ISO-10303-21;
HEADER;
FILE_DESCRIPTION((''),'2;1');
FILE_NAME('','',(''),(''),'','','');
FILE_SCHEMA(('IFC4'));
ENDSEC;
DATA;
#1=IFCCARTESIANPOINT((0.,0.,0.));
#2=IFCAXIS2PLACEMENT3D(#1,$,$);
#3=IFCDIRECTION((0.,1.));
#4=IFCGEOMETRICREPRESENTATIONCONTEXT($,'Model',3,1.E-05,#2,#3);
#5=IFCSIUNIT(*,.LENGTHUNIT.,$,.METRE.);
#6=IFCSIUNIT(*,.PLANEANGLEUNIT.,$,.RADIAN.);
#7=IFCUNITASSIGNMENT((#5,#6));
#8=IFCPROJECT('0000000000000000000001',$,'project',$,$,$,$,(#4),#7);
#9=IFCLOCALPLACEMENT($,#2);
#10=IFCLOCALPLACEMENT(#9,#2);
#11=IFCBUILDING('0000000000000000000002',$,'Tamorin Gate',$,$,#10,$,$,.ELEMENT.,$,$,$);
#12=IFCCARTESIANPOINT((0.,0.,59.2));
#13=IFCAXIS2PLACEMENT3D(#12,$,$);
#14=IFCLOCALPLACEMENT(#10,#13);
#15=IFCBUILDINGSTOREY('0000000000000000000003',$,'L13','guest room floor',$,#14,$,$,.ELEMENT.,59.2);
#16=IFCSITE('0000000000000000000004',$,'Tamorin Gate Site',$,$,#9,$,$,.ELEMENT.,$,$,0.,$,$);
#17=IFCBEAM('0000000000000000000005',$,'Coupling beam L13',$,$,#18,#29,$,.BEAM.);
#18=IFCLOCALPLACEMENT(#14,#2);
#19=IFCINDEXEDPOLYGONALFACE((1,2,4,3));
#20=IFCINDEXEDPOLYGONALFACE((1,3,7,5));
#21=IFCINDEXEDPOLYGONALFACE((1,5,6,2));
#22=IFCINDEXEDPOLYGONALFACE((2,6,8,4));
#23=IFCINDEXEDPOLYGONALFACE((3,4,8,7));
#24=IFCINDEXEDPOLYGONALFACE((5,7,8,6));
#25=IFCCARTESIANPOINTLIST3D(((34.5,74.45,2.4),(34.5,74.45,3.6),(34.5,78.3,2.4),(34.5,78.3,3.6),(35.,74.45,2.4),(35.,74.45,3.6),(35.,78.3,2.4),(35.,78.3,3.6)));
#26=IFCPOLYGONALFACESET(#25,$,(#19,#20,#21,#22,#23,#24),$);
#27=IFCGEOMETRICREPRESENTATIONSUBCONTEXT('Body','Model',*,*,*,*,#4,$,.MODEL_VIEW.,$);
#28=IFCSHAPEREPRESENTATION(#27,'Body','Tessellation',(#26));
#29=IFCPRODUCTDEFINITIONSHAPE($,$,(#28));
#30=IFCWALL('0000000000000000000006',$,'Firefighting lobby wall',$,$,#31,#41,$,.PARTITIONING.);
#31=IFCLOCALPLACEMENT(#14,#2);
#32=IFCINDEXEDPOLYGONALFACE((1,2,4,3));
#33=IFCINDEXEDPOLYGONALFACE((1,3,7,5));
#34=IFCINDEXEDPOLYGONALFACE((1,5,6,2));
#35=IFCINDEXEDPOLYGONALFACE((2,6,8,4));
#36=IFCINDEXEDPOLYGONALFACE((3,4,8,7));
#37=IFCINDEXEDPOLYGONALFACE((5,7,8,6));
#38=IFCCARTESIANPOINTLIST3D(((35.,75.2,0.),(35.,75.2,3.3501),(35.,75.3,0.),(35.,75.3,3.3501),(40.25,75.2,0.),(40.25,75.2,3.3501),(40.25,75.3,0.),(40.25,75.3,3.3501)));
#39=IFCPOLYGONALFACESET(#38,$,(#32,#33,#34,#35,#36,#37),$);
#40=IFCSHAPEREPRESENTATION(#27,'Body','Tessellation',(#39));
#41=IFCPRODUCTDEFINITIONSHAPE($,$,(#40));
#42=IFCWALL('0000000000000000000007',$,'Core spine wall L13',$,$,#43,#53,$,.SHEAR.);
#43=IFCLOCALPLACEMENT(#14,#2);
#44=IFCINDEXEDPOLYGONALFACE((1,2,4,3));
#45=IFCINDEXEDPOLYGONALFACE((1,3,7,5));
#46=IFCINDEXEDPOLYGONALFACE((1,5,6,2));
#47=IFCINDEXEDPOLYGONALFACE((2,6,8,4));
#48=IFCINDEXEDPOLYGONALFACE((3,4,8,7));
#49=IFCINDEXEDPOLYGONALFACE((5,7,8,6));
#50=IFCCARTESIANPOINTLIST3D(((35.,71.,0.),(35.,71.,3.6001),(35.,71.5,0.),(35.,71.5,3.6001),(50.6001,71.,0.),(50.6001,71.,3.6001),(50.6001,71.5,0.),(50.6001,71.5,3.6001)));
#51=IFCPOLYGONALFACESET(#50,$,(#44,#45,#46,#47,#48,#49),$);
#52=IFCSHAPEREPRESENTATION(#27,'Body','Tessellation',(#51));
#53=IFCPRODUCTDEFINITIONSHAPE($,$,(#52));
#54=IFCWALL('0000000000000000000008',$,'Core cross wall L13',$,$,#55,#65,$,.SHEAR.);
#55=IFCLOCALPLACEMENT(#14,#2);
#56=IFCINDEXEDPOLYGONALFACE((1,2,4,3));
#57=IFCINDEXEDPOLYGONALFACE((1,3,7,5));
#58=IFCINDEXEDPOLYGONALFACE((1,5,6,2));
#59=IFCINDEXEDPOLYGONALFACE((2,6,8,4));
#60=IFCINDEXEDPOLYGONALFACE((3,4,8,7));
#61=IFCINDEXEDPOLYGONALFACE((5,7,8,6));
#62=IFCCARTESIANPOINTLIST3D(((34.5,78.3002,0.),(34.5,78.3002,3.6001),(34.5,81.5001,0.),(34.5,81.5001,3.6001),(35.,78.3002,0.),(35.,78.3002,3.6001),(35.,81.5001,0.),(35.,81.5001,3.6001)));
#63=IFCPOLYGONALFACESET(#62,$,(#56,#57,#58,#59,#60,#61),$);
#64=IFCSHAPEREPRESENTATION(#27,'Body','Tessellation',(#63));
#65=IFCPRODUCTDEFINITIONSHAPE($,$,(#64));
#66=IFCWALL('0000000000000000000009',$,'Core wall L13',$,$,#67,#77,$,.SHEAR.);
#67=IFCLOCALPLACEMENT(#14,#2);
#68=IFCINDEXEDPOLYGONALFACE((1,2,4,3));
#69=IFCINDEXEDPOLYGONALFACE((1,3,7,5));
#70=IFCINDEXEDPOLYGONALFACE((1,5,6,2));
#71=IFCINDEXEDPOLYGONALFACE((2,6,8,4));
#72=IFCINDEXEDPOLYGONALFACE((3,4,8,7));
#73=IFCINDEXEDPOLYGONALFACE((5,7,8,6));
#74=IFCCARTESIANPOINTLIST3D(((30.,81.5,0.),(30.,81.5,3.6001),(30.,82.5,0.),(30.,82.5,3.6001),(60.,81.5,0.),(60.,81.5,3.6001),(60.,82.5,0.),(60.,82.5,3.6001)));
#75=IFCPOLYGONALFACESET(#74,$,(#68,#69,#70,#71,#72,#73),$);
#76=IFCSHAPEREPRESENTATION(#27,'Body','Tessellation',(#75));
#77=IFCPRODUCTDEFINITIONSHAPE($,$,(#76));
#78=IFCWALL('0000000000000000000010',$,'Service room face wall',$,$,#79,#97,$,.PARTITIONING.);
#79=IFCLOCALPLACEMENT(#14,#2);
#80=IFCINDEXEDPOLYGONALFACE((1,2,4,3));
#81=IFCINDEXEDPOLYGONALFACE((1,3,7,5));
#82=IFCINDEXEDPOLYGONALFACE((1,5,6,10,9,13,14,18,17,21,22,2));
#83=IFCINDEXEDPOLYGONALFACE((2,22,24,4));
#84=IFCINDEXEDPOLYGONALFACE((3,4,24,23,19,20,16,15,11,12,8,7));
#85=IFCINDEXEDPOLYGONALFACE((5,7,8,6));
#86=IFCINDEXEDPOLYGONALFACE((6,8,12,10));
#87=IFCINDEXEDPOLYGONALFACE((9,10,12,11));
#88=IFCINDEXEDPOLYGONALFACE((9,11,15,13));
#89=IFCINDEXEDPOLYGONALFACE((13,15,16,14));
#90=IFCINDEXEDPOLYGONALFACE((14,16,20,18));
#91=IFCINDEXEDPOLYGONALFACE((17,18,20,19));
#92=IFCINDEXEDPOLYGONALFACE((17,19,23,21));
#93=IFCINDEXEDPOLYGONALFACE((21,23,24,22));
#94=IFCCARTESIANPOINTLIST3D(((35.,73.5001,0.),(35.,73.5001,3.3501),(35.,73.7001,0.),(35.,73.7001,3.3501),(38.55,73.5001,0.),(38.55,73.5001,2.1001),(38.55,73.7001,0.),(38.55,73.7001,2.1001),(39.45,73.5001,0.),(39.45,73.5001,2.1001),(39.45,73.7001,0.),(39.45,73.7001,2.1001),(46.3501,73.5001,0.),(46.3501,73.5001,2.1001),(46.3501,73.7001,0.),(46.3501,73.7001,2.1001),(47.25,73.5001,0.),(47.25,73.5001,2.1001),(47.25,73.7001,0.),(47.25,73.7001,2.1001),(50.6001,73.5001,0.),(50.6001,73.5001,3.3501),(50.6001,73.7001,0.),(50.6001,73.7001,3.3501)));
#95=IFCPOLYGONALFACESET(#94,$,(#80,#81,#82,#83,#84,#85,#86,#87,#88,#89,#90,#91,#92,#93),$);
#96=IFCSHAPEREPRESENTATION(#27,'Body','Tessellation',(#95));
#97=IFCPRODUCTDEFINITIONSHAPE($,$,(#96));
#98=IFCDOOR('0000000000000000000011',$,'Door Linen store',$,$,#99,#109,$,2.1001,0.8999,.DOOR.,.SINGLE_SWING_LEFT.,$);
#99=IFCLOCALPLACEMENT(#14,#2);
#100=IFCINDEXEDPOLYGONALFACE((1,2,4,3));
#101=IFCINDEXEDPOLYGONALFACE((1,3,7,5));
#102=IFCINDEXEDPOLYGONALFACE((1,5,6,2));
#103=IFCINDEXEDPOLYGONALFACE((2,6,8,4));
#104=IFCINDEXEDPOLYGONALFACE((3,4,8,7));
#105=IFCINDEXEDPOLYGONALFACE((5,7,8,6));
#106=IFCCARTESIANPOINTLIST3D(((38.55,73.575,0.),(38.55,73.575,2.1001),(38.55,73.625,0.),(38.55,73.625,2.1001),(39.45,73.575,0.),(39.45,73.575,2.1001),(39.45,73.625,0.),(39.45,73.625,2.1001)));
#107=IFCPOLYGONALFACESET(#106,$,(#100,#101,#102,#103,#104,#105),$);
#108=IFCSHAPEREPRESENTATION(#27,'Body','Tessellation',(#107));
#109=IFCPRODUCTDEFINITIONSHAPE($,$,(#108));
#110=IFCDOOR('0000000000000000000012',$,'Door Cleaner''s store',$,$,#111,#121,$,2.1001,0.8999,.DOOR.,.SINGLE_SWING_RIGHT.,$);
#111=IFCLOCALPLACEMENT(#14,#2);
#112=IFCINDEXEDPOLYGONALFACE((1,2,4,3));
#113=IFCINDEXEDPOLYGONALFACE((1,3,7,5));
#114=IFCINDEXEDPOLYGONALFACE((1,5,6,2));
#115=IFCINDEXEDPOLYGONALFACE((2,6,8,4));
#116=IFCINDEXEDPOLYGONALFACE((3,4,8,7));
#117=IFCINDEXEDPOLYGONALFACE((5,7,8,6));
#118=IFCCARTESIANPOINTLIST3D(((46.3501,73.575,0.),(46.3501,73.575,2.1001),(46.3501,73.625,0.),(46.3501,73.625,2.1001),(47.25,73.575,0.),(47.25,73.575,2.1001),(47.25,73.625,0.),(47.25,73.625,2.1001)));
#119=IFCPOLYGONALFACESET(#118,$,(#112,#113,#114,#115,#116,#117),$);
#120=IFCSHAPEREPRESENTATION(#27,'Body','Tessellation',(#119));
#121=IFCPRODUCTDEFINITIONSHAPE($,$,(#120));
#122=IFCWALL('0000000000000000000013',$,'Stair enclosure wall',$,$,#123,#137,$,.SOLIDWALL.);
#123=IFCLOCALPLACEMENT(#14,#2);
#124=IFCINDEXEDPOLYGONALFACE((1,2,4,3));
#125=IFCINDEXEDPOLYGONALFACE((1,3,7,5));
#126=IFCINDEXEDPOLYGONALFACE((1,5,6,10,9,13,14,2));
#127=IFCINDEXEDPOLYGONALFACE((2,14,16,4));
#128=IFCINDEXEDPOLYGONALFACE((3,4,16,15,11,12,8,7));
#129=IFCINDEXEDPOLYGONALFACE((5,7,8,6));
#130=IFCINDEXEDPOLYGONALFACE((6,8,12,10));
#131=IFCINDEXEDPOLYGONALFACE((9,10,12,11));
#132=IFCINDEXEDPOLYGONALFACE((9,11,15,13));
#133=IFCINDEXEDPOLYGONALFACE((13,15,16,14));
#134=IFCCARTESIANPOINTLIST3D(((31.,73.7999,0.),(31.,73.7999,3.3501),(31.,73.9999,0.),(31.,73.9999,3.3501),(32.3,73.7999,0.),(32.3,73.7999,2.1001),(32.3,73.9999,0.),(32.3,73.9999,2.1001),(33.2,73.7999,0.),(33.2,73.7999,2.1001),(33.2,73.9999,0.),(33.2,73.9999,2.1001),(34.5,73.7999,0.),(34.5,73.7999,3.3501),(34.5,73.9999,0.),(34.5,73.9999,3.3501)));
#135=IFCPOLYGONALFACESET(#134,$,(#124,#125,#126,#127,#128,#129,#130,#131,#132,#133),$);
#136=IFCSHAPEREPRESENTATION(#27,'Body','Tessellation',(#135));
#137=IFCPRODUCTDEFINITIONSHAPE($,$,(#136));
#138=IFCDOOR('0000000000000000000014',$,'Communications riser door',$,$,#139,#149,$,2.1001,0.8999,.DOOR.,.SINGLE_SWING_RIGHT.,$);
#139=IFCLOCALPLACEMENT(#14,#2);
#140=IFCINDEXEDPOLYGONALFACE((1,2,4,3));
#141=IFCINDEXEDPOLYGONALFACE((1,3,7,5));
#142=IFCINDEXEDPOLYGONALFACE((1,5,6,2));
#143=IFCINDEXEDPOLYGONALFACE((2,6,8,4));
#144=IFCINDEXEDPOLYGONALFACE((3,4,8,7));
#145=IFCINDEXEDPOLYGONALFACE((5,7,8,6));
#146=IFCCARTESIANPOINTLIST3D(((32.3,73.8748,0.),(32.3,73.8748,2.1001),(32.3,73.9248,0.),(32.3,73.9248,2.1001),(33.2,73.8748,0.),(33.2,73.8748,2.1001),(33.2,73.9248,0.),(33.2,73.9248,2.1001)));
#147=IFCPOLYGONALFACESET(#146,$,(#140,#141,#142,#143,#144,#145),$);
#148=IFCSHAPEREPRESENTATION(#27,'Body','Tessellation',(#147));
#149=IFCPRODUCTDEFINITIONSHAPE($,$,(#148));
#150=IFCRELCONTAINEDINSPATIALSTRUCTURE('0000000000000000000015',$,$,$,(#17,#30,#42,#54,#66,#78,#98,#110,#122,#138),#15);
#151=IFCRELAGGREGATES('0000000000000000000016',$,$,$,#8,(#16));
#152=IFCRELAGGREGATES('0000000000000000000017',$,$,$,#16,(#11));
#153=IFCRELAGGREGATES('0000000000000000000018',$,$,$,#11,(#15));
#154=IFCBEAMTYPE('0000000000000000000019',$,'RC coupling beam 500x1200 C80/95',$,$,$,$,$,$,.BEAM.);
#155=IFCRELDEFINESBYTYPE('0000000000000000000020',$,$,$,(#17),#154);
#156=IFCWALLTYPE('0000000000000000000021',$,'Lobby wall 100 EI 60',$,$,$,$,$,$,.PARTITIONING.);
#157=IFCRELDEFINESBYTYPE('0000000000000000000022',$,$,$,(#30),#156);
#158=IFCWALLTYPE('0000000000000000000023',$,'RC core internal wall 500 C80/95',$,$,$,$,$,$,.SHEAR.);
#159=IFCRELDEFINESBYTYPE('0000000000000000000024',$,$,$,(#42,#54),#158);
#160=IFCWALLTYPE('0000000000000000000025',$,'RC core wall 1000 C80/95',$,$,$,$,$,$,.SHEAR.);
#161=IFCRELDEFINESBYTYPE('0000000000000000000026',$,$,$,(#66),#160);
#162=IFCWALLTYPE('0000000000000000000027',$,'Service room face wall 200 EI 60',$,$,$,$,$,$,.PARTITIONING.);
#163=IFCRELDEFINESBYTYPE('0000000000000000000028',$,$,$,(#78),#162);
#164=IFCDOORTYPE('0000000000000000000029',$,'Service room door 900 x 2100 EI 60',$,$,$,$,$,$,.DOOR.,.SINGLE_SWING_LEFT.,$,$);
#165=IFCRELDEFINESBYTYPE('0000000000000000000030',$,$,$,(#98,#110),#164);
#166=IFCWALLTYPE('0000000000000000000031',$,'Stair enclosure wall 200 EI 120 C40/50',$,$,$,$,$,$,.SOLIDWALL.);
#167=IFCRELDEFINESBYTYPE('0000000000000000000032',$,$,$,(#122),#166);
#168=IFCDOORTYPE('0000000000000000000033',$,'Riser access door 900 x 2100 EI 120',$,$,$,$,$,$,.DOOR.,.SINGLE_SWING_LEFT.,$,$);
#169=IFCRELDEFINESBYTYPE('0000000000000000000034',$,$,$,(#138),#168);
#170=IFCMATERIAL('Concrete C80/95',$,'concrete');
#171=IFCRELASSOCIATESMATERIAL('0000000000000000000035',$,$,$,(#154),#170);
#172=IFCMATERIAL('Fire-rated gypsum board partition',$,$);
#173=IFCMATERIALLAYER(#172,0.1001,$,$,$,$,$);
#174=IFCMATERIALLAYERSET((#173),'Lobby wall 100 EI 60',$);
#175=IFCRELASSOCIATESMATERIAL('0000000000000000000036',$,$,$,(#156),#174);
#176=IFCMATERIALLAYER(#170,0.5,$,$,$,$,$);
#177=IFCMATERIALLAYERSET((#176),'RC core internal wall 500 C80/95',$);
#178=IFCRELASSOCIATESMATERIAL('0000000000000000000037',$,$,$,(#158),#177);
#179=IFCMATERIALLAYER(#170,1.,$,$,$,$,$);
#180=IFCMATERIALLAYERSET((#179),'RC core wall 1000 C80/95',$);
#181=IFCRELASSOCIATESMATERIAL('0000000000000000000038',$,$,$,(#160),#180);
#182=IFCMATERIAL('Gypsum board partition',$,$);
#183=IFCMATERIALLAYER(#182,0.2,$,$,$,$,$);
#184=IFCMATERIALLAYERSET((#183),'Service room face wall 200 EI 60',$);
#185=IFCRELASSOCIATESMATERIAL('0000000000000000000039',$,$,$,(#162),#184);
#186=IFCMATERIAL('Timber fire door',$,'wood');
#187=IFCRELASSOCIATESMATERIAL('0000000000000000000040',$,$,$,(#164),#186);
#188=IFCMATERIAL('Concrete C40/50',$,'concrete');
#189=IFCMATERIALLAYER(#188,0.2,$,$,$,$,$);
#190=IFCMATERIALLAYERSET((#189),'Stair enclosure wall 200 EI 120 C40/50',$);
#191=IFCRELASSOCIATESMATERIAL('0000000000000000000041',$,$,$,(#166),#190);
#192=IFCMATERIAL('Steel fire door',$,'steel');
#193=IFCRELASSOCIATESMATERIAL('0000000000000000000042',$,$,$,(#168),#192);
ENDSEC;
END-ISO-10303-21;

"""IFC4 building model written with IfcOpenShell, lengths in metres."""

from ifc_helpers import new_model, si_unit, direction, frame, frame_2d, origin, origin_2d, place, context, subcontext, project, spatial, rectangle, extrude, material, layer, layer_set, material_profile, profile_set, type_object, element, fill, save


model = new_model("IFC4")

# Units and contexts
model_context = context("Model", 3, precision=1e-05, world=origin(), true_north=direction((0.0, 1.0)))
body_context = subcontext(model_context, "Body", "Model", "MODEL_VIEW")
ifc_project = project(units=[si_unit("LENGTHUNIT", "METRE"), si_unit("PLANEANGLEUNIT", "RADIAN")], contexts=[model_context])

# Site, building, storey
site_placement = place(None, origin())
site = spatial("IfcSite", under=ifc_project, at=site_placement, Name="Tamorin Gate Site", CompositionType="ELEMENT", RefElevation=0.0)
building_placement = place(site_placement, origin())
building = spatial("IfcBuilding", under=site, at=building_placement, Name="Tamorin Gate", CompositionType="ELEMENT")
storey_placement = place(building_placement, frame((0.0, 0.0, 59.2)))
storey = spatial("IfcBuildingStorey", under=building, at=storey_placement, Name="L13", Description="guest room floor", CompositionType="ELEMENT", Elevation=59.2)

# Beam
ifc_material_1 = material(Name="Concrete C80/95", Category="concrete")
ifc_material_profile = material_profile(ifc_material_1, rectangle(XDim=0.5, YDim=1.2, at=origin_2d()), Name="RC 500x1200")
ifc_profile_set = profile_set([ifc_material_profile], Name="Concrete C80/95")
beam_type = type_object("IfcBeamType", Name="RC coupling beam 500x1200 C80/95", PredefinedType="BEAM", material=ifc_profile_set)
beam_placement = place(storey_placement, frame((34.75, 74.45, 3.0), z_axis=(0.0, 1.0, 0.0), x_axis=(-1.0, 0.0, 0.0)))
element("IfcBeam", 1, at=beam_placement, inside=storey, type_object=beam_type, Name="Coupling beam L13", PredefinedType="BEAM", context=body_context, shape_type="SweptSolid", body=[
    extrude(rectangle(XDim=0.5, YDim=1.2, at=origin_2d()), origin(), (0.0, 0.0, 1.0), 3.8501),
])

# Walls
ifc_material_2 = material(Name="Fire-rated gypsum board partition")
ifc_layer_1 = layer(ifc_material_2, 0.1001)
ifc_layer_set_1 = layer_set([ifc_layer_1], Name="Lobby wall 100 EI 60")
wall_type_1 = type_object("IfcWallType", Name="Lobby wall 100 EI 60", PredefinedType="PARTITIONING", material=ifc_layer_set_1)
wall_1_placement = place(storey_placement, frame((35.0, 75.25, 0.0), z_axis=(0.0, 0.0, 1.0), x_axis=(1.0, 0.0, 0.0)))
element("IfcWall", 2, at=wall_1_placement, inside=storey, type_object=wall_type_1, Name="Firefighting lobby wall", PredefinedType="PARTITIONING", context=body_context, shape_type="SweptSolid", body=[
    extrude(rectangle(XDim=5.25, YDim=0.1001, at=frame_2d((2.625, 0.0))), origin(), (0.0, 0.0, 1.0), 3.3501),
])
ifc_layer_2 = layer(ifc_material_1, 0.5)
ifc_layer_set_2 = layer_set([ifc_layer_2], Name="RC core internal wall 500 C80/95")
wall_type_2 = type_object("IfcWallType", Name="RC core internal wall 500 C80/95", PredefinedType="SHEAR", material=ifc_layer_set_2)
wall_2_placement = place(storey_placement, frame((35.0, 71.25, 0.0), z_axis=(0.0, 0.0, 1.0), x_axis=(1.0, 0.0, 0.0)))
element("IfcWall", 3, at=wall_2_placement, inside=storey, type_object=wall_type_2, Name="Core spine wall L13", PredefinedType="SHEAR", context=body_context, shape_type="SweptSolid", body=[
    extrude(rectangle(XDim=15.6001, YDim=0.5, at=frame_2d((7.8, 0.0))), origin(), (0.0, 0.0, 1.0), 3.6001),
])
wall_3_placement = place(storey_placement, frame((34.75, 78.3, 0.0), z_axis=(0.0, 0.0, 1.0), x_axis=(0.0, 1.0, 0.0)))
element("IfcWall", 4, at=wall_3_placement, inside=storey, type_object=wall_type_2, Name="Core cross wall L13", PredefinedType="SHEAR", context=body_context, shape_type="SweptSolid", body=[
    extrude(rectangle(XDim=3.2, YDim=0.5, at=frame_2d((1.6001, 0.0))), origin(), (0.0, 0.0, 1.0), 3.6001),
])
ifc_layer_3 = layer(ifc_material_1, 1.0)
ifc_layer_set_3 = layer_set([ifc_layer_3], Name="RC core wall 1000 C80/95")
wall_type_3 = type_object("IfcWallType", Name="RC core wall 1000 C80/95", PredefinedType="SHEAR", material=ifc_layer_set_3)
wall_4_placement = place(storey_placement, frame((30.0, 82.0, 0.0), z_axis=(0.0, 0.0, 1.0), x_axis=(1.0, 0.0, 0.0)))
element("IfcWall", 5, at=wall_4_placement, inside=storey, type_object=wall_type_3, Name="Core wall L13", PredefinedType="SHEAR", context=body_context, shape_type="SweptSolid", body=[
    extrude(rectangle(XDim=30.0, YDim=1.0, at=frame_2d((15.0, 0.0))), origin(), (0.0, 0.0, 1.0), 3.6001),
])

# Wall, openings, doors
ifc_material_3 = material(Name="Gypsum board partition")
ifc_layer_4 = layer(ifc_material_3, 0.2)
ifc_layer_set_4 = layer_set([ifc_layer_4], Name="Service room face wall 200 EI 60")
wall_type_4 = type_object("IfcWallType", Name="Service room face wall 200 EI 60", PredefinedType="PARTITIONING", material=ifc_layer_set_4)
wall_5_placement = place(storey_placement, frame((35.0, 73.6001, 0.0), z_axis=(0.0, 0.0, 1.0), x_axis=(1.0, 0.0, 0.0)))
wall_5 = element("IfcWall", 6, at=wall_5_placement, inside=storey, type_object=wall_type_4, Name="Service room face wall", PredefinedType="PARTITIONING", context=body_context, shape_type="SweptSolid", body=[
    extrude(rectangle(XDim=15.6001, YDim=0.2, at=frame_2d((7.8, 0.0))), origin(), (0.0, 0.0, 1.0), 3.3501),
])
opening_1_placement = place(wall_5_placement, frame((3.55, 0.0, 0.0)))
opening_1 = element("IfcOpeningElement", 7, at=opening_1_placement, cuts=wall_5, PredefinedType="OPENING", context=body_context, shape_type="SweptSolid", body=[
    extrude(rectangle(XDim=0.8999, YDim=2.1001, at=frame_2d((0.45, 1.05))), frame((0.0, 0.1099, 0.0), z_axis=(0.0, -1.0, 0.0), x_axis=(1.0, 0.0, 0.0)), (0.0, 0.0, 1.0), 0.22),
])
opening_2_placement = place(wall_5_placement, frame((11.3501, 0.0, 0.0)))
opening_2 = element("IfcOpeningElement", 8, at=opening_2_placement, cuts=wall_5, PredefinedType="OPENING", context=body_context, shape_type="SweptSolid", body=[
    extrude(rectangle(XDim=0.8999, YDim=2.1001, at=frame_2d((0.45, 1.05))), frame((0.0, 0.1099, 0.0), z_axis=(0.0, -1.0, 0.0), x_axis=(1.0, 0.0, 0.0)), (0.0, 0.0, 1.0), 0.22),
])
ifc_material_4 = material(Name="Timber fire door", Category="wood")
door_type_1 = type_object("IfcDoorType", Name="Service room door 900 x 2100 EI 60", OperationType="SINGLE_SWING_LEFT", PredefinedType="DOOR", material=ifc_material_4)
door_1_placement = place(opening_1_placement, origin())
door_1 = element("IfcDoor", 9, at=door_1_placement, inside=storey, type_object=door_type_1, Name="Door Linen store", OperationType="SINGLE_SWING_LEFT", OverallHeight=2.1001, OverallWidth=0.8999, PredefinedType="DOOR", context=body_context, shape_type="SweptSolid", body=[
    extrude(rectangle(XDim=0.8999, YDim=2.1001, at=frame_2d((0.45, 1.05))), frame((0.0, 0.0249, 0.0), z_axis=(0.0, -1.0, 0.0), x_axis=(1.0, 0.0, 0.0)), (0.0, 0.0, 1.0), 0.05),
])
fill(opening_1, door_1)
door_2_placement = place(opening_2_placement, origin())
door_2 = element("IfcDoor", 10, at=door_2_placement, inside=storey, type_object=door_type_1, Name="Door Cleaner's store", OperationType="SINGLE_SWING_RIGHT", OverallHeight=2.1001, OverallWidth=0.8999, PredefinedType="DOOR", context=body_context, shape_type="SweptSolid", body=[
    extrude(rectangle(XDim=0.8999, YDim=2.1001, at=frame_2d((0.45, 1.05))), frame((0.0, 0.0249, 0.0), z_axis=(0.0, -1.0, 0.0), x_axis=(1.0, 0.0, 0.0)), (0.0, 0.0, 1.0), 0.05),
])
fill(opening_2, door_2)

# Wall, opening, door
ifc_material_5 = material(Name="Concrete C40/50", Category="concrete")
ifc_layer_5 = layer(ifc_material_5, 0.2)
ifc_layer_set_5 = layer_set([ifc_layer_5], Name="Stair enclosure wall 200 EI 120 C40/50")
wall_type_5 = type_object("IfcWallType", Name="Stair enclosure wall 200 EI 120 C40/50", PredefinedType="SOLIDWALL", material=ifc_layer_set_5)
wall_6_placement = place(storey_placement, frame((31.0, 73.8999, 0.0), z_axis=(0.0, 0.0, 1.0), x_axis=(1.0, 0.0, 0.0)))
wall_6 = element("IfcWall", 11, at=wall_6_placement, inside=storey, type_object=wall_type_5, Name="Stair enclosure wall", PredefinedType="SOLIDWALL", context=body_context, shape_type="SweptSolid", body=[
    extrude(rectangle(XDim=3.5, YDim=0.2, at=frame_2d((1.75, 0.0))), origin(), (0.0, 0.0, 1.0), 3.3501),
])
opening_3_placement = place(wall_6_placement, frame((1.3, 0.0, 0.0)))
opening_3 = element("IfcOpeningElement", 12, at=opening_3_placement, cuts=wall_6, PredefinedType="OPENING", context=body_context, shape_type="SweptSolid", body=[
    extrude(rectangle(XDim=0.8999, YDim=2.1001, at=frame_2d((0.45, 1.05))), frame((0.0, 0.1099, 0.0), z_axis=(0.0, -1.0, 0.0), x_axis=(1.0, 0.0, 0.0)), (0.0, 0.0, 1.0), 0.22),
])
ifc_material_6 = material(Name="Steel fire door", Category="steel")
door_type_2 = type_object("IfcDoorType", Name="Riser access door 900 x 2100 EI 120", OperationType="SINGLE_SWING_LEFT", PredefinedType="DOOR", material=ifc_material_6)
door_3_placement = place(opening_3_placement, origin())
door_3 = element("IfcDoor", 13, at=door_3_placement, inside=storey, type_object=door_type_2, Name="Communications riser door", OperationType="SINGLE_SWING_RIGHT", OverallHeight=2.1001, OverallWidth=0.8999, PredefinedType="DOOR", context=body_context, shape_type="SweptSolid", body=[
    extrude(rectangle(XDim=0.8999, YDim=2.1001, at=frame_2d((0.45, 1.05))), frame((0.0, 0.0249, 0.0), z_axis=(0.0, -1.0, 0.0), x_axis=(1.0, 0.0, 0.0)), (0.0, 0.0, 1.0), 0.05),
])
fill(opening_3, door_3)

save(model, "model.ifc")
